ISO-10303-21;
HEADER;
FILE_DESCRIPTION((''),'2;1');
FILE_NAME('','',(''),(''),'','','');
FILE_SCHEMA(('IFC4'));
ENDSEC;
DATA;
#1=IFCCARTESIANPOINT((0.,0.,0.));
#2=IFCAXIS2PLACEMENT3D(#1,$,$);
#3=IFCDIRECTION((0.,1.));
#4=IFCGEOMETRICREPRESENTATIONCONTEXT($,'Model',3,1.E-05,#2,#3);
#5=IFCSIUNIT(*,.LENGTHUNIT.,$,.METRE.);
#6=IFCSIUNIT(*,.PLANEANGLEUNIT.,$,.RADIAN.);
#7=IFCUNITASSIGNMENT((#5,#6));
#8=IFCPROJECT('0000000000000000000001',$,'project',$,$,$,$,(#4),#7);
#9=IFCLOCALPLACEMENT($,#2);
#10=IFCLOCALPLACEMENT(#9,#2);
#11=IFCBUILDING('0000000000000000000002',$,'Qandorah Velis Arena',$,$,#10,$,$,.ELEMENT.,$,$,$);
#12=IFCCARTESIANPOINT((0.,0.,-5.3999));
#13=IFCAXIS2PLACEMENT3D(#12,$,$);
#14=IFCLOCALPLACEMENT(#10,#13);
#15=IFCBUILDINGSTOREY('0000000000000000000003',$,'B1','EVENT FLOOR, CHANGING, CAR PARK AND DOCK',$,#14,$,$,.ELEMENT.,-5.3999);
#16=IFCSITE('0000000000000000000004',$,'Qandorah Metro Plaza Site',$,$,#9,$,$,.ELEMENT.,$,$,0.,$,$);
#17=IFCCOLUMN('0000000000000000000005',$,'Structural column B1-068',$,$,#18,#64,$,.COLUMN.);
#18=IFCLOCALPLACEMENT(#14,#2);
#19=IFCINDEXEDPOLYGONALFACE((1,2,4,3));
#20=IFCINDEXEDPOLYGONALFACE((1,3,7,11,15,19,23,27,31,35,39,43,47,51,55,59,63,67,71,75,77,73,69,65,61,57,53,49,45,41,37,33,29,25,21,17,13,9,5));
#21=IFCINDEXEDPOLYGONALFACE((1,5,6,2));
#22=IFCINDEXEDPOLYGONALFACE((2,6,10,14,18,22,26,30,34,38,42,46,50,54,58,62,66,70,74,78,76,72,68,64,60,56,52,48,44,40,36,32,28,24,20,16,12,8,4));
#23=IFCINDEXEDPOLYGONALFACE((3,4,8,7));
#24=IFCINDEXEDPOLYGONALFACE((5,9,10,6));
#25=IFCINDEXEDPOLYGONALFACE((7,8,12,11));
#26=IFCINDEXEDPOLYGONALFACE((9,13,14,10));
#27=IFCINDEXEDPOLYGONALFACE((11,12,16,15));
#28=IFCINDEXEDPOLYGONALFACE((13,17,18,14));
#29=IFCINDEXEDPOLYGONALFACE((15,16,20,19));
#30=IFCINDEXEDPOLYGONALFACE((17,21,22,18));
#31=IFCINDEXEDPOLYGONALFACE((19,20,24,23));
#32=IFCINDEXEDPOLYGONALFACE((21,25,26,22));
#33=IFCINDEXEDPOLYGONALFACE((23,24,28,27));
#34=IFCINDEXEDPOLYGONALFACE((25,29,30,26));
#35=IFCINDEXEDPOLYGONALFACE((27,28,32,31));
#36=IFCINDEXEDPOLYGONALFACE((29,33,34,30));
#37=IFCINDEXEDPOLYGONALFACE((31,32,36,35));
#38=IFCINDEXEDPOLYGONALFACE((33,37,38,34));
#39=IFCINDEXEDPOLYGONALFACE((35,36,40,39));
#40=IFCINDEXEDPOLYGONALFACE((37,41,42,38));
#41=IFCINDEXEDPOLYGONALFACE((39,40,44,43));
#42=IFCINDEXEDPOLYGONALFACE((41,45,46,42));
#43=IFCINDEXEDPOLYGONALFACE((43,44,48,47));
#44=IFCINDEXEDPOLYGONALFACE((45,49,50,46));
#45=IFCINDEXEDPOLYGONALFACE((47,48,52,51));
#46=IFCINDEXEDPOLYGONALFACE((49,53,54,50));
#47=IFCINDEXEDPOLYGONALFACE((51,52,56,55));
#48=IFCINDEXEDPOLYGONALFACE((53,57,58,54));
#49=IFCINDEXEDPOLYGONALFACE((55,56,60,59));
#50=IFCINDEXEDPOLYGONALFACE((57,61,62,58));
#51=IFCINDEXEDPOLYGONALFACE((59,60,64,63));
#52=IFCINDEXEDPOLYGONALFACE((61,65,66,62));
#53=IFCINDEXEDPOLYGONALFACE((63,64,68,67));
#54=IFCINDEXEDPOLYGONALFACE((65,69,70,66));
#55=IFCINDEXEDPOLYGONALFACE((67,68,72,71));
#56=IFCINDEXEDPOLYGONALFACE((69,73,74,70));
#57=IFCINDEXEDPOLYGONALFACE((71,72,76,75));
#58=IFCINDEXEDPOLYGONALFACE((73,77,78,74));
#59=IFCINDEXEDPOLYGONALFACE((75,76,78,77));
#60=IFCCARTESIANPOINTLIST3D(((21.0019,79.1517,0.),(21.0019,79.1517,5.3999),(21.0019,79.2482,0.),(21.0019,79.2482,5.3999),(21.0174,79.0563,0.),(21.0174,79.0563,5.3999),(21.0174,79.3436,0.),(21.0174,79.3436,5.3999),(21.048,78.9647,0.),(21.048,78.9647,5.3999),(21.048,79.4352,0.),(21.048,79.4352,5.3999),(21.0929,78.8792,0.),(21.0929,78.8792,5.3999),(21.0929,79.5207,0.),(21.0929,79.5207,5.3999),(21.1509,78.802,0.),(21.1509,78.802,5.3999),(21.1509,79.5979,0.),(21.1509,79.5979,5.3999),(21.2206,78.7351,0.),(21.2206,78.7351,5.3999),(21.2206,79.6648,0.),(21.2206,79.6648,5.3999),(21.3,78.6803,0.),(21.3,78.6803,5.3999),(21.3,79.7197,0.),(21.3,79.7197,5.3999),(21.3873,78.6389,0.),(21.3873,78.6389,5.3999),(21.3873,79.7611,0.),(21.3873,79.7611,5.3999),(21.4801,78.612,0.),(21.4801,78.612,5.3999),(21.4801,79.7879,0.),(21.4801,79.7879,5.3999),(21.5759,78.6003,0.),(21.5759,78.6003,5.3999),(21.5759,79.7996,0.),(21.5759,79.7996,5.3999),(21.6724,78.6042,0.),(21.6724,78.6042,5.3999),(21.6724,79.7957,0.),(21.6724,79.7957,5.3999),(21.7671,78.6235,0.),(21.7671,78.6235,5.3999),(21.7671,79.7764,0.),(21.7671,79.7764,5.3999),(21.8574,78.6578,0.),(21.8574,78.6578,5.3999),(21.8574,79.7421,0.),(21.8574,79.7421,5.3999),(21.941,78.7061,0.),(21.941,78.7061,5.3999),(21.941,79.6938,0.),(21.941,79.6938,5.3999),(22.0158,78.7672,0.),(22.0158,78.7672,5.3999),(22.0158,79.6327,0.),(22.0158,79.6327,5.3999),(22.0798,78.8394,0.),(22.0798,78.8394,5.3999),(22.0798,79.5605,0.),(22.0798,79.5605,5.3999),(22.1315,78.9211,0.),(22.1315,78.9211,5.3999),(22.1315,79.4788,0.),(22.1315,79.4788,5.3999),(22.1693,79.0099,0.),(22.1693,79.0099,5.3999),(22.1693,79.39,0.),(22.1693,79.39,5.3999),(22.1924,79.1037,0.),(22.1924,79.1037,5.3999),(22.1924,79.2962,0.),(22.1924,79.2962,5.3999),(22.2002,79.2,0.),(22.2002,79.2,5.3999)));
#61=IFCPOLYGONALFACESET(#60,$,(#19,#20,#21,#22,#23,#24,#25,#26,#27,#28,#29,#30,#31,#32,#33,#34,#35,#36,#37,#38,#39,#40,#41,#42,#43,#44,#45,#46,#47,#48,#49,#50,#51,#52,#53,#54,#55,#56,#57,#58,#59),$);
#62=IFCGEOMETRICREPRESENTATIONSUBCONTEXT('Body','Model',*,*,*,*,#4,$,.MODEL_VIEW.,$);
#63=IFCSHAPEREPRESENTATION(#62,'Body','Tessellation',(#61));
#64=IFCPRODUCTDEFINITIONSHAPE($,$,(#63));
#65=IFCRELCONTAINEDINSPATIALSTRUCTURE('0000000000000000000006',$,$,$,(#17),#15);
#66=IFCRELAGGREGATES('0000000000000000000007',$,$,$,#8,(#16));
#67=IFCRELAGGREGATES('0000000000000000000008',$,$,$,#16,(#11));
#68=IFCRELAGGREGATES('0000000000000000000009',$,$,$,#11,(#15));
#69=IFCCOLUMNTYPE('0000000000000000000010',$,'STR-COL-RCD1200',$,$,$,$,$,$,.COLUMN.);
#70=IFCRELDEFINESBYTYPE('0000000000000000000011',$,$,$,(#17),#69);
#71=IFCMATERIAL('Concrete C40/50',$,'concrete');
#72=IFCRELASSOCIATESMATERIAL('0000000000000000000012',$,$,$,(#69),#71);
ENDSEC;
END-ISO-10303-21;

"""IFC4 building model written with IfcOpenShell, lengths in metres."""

from ifc_helpers import new_model, si_unit, direction, frame, origin, origin_2d, place, context, subcontext, project, spatial, circle, extrude, material, material_profile, profile_set, type_object, element, save


model = new_model("IFC4")

# Units and contexts
model_context = context("Model", 3, precision=1e-05, world=origin(), true_north=direction((0.0, 1.0)))
body_context = subcontext(model_context, "Body", "Model", "MODEL_VIEW")
ifc_project = project(units=[si_unit("LENGTHUNIT", "METRE"), si_unit("PLANEANGLEUNIT", "RADIAN")], contexts=[model_context])

# Site, building, storey
site_placement = place(None, origin())
site = spatial("IfcSite", under=ifc_project, at=site_placement, Name="Qandorah Metro Plaza Site", CompositionType="ELEMENT", RefElevation=0.0)
building_placement = place(site_placement, origin())
building = spatial("IfcBuilding", under=site, at=building_placement, Name="Qandorah Velis Arena", CompositionType="ELEMENT")
storey_placement = place(building_placement, frame((0.0, 0.0, -5.3999)))
storey = spatial("IfcBuildingStorey", under=building, at=storey_placement, Name="B1", Description="EVENT FLOOR, CHANGING, CAR PARK AND DOCK", CompositionType="ELEMENT", Elevation=-5.3999)

# Shared definitions
ifc_material = material(Name="Concrete C40/50", Category="concrete")

# Column
ifc_material_profile_1 = material_profile(ifc_material, circle(Radius=0.6001, at=origin_2d()), Name="RC D1200")
ifc_profile_set_1 = profile_set([ifc_material_profile_1], Name="Concrete C40/50")
column_type_1 = type_object("IfcColumnType", Name="STR-COL-RCD1200", PredefinedType="COLUMN", material=ifc_profile_set_1)
column_1_placement = place(storey_placement, frame((21.6001, 79.2, 0.0), z_axis=(0.0, 0.0, 1.0), x_axis=(1.0, 0.0, 0.0)))
element("IfcColumn", 1, at=column_1_placement, inside=storey, type_object=column_type_1, Name="Structural column B1-068", PredefinedType="COLUMN", context=body_context, shape_type="SweptSolid", body=[
    extrude(circle(Radius=0.6001, at=origin_2d()), origin(), (0.0, 0.0, 1.0), 5.3999),
])

save(model, "model.ifc")
